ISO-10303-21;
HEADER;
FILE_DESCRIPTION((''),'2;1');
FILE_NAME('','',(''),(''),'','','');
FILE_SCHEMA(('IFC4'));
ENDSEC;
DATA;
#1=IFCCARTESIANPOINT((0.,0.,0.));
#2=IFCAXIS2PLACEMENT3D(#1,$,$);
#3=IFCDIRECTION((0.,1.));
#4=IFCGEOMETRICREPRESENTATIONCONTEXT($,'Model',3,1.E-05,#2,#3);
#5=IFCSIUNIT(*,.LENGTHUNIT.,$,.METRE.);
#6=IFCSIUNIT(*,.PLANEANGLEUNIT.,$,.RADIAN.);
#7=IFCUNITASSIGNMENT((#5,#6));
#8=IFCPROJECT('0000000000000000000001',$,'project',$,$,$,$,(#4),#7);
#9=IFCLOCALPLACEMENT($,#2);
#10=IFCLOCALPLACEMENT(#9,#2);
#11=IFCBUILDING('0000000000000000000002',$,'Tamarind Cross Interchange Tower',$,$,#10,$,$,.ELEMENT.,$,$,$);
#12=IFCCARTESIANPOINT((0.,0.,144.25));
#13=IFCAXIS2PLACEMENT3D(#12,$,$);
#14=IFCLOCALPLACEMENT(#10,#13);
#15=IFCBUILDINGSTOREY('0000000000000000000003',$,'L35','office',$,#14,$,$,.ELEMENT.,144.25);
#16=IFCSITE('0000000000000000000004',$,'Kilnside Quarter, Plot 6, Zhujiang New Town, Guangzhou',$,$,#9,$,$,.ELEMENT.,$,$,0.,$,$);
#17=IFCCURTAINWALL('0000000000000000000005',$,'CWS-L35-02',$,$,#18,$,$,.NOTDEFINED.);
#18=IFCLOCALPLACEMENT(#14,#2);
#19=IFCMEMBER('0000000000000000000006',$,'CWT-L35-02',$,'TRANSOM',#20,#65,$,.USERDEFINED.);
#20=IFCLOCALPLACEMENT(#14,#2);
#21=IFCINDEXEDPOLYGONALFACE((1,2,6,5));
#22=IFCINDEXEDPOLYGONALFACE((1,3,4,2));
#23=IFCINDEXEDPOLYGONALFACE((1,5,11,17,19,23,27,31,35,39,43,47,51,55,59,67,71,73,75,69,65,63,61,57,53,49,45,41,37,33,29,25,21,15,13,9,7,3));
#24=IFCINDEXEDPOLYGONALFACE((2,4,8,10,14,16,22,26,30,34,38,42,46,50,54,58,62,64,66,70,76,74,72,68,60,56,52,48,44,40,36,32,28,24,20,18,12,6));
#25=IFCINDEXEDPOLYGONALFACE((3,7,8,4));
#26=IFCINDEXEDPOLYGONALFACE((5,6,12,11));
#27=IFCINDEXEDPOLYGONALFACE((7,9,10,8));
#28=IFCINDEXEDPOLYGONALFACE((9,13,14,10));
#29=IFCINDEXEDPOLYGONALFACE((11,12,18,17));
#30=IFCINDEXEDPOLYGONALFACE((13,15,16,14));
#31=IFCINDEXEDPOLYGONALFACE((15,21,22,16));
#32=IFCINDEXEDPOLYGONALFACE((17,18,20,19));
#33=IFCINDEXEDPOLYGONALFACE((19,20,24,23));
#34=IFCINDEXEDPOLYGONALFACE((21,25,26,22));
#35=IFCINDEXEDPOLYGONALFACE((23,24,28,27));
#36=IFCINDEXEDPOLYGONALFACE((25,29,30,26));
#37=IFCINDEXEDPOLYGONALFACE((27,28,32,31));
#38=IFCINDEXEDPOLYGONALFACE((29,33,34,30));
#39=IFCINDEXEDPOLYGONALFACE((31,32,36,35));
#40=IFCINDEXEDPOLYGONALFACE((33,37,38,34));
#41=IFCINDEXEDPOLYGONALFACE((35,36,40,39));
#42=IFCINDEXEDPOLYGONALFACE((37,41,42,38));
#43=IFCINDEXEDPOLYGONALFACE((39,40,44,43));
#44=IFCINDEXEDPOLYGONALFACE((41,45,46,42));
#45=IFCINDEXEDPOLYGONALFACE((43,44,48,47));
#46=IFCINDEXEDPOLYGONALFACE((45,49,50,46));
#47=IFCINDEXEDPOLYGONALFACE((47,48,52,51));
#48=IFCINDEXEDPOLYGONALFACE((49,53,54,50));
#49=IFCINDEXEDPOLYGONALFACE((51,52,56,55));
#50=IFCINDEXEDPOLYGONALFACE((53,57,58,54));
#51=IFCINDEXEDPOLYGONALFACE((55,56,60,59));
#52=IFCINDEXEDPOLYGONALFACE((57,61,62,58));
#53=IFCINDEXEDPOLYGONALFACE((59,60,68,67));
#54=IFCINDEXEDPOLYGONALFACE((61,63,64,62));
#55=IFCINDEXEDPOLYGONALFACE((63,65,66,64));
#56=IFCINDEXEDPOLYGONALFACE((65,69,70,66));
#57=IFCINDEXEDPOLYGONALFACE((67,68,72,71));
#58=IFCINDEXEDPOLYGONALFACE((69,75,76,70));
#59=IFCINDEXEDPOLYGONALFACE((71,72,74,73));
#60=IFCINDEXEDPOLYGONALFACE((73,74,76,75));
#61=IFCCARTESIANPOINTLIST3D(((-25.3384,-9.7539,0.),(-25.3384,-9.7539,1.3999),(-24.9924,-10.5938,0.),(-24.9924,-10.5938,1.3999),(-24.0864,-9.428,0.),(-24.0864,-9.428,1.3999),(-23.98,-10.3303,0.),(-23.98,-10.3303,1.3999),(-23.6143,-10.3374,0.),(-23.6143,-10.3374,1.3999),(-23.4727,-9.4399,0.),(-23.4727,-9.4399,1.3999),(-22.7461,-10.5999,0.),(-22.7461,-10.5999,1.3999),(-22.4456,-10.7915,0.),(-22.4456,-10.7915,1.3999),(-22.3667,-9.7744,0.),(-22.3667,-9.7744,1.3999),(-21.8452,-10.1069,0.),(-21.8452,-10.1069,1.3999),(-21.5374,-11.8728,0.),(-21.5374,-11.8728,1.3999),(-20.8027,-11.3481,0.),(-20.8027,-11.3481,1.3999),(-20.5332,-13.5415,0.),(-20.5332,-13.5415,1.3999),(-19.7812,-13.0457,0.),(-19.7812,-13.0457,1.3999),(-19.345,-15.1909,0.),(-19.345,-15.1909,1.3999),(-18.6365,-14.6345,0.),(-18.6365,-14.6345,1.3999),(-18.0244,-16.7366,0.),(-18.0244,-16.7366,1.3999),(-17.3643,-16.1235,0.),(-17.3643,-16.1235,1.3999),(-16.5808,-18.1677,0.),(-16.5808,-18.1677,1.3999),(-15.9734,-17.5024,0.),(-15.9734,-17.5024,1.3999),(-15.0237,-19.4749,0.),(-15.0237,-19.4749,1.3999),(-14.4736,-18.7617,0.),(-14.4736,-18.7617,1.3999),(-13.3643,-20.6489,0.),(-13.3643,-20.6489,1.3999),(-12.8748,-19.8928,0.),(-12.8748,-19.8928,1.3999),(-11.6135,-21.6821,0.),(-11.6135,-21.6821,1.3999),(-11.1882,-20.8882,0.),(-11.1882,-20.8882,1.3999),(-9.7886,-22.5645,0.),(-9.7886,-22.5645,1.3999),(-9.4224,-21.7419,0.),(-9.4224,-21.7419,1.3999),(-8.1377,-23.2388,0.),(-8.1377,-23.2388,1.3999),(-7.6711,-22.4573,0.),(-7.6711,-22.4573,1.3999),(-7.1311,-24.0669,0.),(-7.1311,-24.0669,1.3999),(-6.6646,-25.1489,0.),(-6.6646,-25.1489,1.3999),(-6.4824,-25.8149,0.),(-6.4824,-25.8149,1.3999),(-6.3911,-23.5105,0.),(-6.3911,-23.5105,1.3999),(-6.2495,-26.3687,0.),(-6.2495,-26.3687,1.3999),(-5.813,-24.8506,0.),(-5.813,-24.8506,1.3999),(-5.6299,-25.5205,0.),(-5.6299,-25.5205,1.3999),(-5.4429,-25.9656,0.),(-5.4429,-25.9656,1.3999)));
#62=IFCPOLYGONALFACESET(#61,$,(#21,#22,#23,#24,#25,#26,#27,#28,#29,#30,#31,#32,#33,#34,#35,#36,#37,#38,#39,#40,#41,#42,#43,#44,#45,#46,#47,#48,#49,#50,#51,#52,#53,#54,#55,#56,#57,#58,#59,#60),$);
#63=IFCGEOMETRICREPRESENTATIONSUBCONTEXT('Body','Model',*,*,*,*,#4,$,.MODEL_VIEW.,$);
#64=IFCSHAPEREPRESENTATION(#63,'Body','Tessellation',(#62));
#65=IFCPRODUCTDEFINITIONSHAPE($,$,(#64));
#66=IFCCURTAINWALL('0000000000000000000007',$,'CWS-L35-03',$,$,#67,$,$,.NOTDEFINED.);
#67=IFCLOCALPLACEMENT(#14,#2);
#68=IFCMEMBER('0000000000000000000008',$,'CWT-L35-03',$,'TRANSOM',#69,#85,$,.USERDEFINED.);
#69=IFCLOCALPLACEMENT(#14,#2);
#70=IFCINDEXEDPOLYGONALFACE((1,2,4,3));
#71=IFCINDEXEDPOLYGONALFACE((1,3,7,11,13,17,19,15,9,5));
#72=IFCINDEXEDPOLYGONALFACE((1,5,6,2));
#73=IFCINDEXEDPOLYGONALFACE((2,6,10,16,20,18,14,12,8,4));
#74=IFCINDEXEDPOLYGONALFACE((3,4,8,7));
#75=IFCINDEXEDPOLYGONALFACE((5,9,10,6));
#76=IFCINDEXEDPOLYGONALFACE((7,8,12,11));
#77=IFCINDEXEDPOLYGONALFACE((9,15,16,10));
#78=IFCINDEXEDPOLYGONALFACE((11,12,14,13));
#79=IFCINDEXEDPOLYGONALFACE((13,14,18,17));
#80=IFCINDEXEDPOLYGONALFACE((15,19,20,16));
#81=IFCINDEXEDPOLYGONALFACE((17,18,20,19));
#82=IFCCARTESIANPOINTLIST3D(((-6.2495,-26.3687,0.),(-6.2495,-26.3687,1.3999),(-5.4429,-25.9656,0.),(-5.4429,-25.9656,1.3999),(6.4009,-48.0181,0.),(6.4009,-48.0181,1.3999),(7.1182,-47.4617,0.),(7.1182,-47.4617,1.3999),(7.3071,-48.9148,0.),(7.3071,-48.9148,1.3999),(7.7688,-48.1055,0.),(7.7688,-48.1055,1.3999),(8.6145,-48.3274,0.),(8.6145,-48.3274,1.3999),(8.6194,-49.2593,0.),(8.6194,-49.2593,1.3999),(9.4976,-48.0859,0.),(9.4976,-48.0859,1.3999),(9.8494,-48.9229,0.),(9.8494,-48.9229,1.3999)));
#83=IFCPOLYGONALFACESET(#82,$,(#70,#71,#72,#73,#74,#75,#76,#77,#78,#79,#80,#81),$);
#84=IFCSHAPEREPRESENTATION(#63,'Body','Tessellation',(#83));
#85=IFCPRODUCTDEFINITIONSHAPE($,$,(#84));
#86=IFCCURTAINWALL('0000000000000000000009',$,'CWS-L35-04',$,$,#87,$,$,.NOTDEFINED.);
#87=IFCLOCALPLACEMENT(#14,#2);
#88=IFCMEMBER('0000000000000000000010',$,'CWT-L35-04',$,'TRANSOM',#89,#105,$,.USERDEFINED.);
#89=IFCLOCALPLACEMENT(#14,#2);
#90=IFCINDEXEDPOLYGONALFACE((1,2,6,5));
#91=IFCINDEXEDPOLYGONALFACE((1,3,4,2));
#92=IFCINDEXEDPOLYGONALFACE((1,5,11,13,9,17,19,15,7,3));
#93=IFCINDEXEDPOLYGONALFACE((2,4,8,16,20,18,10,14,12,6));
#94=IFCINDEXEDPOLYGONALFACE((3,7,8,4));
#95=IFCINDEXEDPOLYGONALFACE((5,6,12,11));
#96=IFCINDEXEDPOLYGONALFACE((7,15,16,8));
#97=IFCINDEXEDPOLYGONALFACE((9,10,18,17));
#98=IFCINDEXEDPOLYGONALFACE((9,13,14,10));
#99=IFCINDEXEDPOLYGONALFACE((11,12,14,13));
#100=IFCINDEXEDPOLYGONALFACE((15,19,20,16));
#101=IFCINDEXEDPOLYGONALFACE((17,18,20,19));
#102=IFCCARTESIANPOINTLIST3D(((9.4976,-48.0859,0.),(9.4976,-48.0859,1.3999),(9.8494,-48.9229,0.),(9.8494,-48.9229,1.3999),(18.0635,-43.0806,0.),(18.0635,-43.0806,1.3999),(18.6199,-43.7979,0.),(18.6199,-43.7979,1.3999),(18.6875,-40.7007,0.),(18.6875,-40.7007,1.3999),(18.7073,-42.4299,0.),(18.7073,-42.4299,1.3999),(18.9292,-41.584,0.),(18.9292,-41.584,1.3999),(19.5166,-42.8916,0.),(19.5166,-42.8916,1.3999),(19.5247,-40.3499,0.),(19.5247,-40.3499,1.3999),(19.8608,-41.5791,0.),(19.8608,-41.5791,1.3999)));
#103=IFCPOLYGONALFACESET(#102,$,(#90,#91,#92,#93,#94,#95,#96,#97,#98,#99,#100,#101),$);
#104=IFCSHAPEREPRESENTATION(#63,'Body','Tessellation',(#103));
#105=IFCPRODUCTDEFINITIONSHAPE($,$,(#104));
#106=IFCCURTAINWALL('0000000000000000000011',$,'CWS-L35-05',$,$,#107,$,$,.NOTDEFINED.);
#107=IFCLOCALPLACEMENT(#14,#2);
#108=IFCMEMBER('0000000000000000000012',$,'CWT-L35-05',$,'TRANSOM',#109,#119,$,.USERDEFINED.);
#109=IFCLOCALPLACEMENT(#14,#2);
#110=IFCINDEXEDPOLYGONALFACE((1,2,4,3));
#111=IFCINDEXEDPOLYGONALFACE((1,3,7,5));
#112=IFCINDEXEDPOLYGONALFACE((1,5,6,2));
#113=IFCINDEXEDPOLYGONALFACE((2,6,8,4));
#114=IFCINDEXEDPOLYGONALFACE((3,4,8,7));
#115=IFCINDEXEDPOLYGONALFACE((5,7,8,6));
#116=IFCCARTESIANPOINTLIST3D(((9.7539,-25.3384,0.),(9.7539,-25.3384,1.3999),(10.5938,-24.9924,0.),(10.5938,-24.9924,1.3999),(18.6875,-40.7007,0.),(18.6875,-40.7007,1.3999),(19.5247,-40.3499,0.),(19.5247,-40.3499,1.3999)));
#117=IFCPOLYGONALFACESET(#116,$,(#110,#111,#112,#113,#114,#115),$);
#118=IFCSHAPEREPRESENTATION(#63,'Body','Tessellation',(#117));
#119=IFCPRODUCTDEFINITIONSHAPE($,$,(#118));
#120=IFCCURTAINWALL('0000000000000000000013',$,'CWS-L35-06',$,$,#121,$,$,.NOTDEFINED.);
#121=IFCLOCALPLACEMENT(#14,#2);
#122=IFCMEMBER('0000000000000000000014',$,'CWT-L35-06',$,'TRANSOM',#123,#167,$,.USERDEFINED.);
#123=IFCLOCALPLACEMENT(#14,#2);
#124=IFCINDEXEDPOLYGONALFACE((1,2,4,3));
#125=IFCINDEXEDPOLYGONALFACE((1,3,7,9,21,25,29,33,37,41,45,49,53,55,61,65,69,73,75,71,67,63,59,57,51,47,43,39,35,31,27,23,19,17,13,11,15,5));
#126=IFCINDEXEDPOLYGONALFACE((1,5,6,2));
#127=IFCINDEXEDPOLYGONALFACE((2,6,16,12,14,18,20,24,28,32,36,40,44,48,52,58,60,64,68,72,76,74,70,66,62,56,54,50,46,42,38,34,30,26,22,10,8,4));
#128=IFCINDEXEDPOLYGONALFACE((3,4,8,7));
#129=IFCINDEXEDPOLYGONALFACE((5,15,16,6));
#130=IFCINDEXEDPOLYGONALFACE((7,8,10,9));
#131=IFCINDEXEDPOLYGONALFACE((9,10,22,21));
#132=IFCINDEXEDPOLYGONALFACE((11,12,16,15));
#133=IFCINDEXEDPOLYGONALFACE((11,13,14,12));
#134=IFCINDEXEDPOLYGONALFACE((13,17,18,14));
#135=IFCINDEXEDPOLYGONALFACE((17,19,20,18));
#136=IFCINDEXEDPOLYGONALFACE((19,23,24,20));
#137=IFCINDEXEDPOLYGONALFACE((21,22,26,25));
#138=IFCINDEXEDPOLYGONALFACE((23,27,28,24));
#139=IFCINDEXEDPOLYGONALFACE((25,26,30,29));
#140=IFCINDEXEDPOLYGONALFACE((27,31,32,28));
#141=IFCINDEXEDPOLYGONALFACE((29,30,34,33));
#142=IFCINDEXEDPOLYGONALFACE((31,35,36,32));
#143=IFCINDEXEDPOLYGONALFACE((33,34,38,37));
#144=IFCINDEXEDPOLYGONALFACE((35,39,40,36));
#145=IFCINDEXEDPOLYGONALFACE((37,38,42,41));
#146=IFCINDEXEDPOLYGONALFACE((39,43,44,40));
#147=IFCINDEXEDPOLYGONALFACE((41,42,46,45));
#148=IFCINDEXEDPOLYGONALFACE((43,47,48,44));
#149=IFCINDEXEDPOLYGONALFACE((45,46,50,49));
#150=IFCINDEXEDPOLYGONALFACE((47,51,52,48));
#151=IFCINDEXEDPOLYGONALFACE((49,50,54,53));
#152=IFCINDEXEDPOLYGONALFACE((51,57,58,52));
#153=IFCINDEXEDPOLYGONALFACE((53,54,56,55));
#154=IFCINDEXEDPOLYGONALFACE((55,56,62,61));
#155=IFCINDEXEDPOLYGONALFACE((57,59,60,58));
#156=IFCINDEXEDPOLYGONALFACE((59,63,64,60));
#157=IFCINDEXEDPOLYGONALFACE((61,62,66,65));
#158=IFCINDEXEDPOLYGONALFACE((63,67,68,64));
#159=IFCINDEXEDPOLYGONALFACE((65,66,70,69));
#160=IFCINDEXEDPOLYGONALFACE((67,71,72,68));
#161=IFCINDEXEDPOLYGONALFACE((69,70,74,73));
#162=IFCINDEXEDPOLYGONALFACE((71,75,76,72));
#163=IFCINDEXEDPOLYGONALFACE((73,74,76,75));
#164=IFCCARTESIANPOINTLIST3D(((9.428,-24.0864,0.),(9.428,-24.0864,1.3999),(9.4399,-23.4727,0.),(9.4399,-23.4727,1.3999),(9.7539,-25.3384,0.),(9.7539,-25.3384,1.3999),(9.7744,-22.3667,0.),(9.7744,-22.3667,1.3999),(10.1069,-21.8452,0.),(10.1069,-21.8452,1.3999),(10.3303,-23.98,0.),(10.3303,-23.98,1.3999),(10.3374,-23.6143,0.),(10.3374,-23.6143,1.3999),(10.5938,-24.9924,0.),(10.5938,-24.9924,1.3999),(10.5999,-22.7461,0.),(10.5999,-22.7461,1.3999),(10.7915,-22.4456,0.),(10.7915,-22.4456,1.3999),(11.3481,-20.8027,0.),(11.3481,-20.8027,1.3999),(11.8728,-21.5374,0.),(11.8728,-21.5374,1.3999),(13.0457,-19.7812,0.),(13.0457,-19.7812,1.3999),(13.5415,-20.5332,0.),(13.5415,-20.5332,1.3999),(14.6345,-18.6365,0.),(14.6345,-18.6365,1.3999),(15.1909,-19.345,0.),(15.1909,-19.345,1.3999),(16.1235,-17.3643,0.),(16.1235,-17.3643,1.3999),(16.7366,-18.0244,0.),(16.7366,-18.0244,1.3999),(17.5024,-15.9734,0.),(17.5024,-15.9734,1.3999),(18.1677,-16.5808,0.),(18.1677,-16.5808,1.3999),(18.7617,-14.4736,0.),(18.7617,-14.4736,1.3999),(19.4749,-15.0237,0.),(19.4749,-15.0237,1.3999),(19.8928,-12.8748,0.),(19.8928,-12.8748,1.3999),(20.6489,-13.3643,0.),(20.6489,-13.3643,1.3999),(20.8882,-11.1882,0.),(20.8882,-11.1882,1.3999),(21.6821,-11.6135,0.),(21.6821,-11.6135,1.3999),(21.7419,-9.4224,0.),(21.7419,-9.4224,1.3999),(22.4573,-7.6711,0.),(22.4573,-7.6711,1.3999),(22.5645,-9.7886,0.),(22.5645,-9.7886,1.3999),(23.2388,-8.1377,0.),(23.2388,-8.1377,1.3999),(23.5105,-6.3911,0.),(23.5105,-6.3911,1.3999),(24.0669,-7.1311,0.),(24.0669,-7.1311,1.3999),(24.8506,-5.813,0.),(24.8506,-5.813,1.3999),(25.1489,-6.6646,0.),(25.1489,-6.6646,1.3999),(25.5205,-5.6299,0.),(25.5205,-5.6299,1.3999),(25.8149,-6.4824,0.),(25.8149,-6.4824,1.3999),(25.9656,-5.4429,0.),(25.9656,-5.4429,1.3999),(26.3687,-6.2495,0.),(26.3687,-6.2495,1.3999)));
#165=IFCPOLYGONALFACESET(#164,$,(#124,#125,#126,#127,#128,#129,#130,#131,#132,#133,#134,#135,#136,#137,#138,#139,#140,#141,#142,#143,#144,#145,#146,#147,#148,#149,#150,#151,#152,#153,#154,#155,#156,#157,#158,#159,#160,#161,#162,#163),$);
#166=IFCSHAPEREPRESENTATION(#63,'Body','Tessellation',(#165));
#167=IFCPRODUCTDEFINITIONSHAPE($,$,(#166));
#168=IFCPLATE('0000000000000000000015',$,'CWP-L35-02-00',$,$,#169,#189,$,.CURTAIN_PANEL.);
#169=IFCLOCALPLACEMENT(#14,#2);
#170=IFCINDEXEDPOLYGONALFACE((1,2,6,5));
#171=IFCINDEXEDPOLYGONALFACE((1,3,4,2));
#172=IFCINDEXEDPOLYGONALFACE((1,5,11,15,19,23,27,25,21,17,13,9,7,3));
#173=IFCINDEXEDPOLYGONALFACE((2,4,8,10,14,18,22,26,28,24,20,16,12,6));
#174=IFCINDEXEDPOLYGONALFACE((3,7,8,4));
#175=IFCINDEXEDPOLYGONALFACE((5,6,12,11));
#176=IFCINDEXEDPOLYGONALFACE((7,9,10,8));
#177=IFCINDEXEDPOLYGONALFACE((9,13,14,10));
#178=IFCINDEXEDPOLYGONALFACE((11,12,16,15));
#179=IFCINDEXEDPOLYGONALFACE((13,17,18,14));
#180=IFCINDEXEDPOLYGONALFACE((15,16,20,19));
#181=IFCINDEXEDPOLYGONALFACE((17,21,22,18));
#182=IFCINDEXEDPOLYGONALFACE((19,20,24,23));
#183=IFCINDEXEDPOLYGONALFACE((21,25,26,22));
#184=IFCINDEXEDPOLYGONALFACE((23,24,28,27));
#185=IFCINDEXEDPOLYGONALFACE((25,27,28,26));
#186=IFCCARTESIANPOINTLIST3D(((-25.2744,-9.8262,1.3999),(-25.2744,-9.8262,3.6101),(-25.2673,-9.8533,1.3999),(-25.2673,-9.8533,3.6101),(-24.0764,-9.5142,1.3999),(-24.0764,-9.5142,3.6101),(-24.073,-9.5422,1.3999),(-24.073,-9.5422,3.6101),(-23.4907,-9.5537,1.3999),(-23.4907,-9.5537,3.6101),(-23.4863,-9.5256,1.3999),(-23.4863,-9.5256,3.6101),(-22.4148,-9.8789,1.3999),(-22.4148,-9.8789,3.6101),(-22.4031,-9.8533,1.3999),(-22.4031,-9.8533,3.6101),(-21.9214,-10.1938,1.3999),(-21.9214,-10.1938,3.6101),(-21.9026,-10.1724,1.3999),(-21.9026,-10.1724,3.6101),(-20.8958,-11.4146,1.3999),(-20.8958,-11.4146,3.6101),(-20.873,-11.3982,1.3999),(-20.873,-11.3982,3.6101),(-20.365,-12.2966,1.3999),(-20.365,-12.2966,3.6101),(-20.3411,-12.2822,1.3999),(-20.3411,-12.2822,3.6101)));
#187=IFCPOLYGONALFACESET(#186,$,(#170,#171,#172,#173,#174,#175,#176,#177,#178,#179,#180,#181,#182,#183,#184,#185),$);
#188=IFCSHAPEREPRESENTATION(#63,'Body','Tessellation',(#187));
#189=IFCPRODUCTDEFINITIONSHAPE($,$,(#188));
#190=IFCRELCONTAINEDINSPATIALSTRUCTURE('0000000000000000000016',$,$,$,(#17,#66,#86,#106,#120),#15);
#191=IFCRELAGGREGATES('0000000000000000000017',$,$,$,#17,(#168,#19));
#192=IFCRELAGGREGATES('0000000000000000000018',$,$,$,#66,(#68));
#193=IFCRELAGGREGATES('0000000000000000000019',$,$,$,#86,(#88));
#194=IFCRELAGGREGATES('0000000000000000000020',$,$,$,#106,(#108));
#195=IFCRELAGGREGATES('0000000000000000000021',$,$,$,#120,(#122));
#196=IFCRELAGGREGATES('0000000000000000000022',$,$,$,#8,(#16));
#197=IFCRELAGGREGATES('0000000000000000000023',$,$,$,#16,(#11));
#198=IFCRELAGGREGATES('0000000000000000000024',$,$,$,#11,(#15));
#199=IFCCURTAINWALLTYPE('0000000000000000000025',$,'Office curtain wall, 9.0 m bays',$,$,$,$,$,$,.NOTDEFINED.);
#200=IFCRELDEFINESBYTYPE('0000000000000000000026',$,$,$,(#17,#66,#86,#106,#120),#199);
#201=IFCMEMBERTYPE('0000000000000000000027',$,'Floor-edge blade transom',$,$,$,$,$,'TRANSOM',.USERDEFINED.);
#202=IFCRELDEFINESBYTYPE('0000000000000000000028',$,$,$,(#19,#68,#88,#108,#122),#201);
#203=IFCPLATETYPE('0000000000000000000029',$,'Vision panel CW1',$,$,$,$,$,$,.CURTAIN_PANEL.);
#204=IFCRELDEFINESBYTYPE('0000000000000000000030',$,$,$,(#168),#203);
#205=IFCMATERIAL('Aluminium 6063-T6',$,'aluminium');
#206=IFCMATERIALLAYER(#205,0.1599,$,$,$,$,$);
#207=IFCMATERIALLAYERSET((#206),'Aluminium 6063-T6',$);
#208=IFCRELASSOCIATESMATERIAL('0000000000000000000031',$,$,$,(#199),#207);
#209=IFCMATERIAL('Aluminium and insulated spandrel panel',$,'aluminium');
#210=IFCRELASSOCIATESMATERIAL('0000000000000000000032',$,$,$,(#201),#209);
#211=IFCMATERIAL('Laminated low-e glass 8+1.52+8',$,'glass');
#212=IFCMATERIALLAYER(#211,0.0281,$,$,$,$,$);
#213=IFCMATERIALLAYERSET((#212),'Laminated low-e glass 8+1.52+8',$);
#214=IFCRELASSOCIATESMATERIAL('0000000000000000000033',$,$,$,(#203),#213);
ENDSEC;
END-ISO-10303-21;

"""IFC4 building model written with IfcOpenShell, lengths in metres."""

from ifc_helpers import new_model, si_unit, direction, frame, origin, place, context, subcontext, project, spatial, polyline, outline, extrude, material, layer, layer_set, type_object, element, aggregate, save


model = new_model("IFC4")

# Units and contexts
model_context = context("Model", 3, precision=1e-05, world=origin(), true_north=direction((0.0, 1.0)))
body_context = subcontext(model_context, "Body", "Model", "MODEL_VIEW")
ifc_project = project(units=[si_unit("LENGTHUNIT", "METRE"), si_unit("PLANEANGLEUNIT", "RADIAN")], contexts=[model_context])

# Site, building, storey
site_placement = place(None, origin())
site = spatial("IfcSite", under=ifc_project, at=site_placement, Name="Kilnside Quarter, Plot 6, Zhujiang New Town, Guangzhou", CompositionType="ELEMENT", RefElevation=0.0)
building_placement = place(site_placement, origin())
building = spatial("IfcBuilding", under=site, at=building_placement, Name="Tamarind Cross Interchange Tower", CompositionType="ELEMENT")
storey_placement = place(building_placement, frame((0.0, 0.0, 144.25)))
storey = spatial("IfcBuildingStorey", under=building, at=storey_placement, Name="L35", Description="office", CompositionType="ELEMENT", Elevation=144.25)

# Curtain walls, members
ifc_material_1 = material(Name="Aluminium 6063-T6", Category="aluminium")
ifc_layer_1 = layer(ifc_material_1, 0.1599)
ifc_layer_set_1 = layer_set([ifc_layer_1], Name="Aluminium 6063-T6")
curtain_wall_type = type_object("IfcCurtainWallType", Name="Office curtain wall, 9.0 m bays", PredefinedType="NOTDEFINED", material=ifc_layer_set_1)
curtain_wall_1_placement = place(storey_placement, origin())
curtain_wall_1 = element("IfcCurtainWall", 1, at=curtain_wall_1_placement, inside=storey, type_object=curtain_wall_type, Name="CWS-L35-02", PredefinedType="NOTDEFINED")
ifc_material_2 = material(Name="Aluminium and insulated spandrel panel", Category="aluminium")
member_type = type_object("IfcMemberType", Name="Floor-edge blade transom", ElementType="TRANSOM", PredefinedType="USERDEFINED", material=ifc_material_2)
member_1_placement = place(storey_placement, origin())
member_1 = element("IfcMember", 2, at=member_1_placement, type_object=member_type, Name="CWT-L35-02", ObjectType="TRANSOM", PredefinedType="USERDEFINED", context=body_context, shape_type="SweptSolid", body=[
    extrude(outline(polyline([(-25.3384, -9.7539), (-24.0864, -9.428), (-23.4727, -9.4399), (-22.3667, -9.7744), (-21.8452, -10.1069), (-20.8027, -11.3481), (-19.7812, -13.0457), (-18.6365, -14.6345), (-17.3643, -16.1235), (-15.9734, -17.5024), (-14.4736, -18.7617), (-12.8748, -19.8928), (-11.1882, -20.8882), (-9.4224, -21.7419), (-7.6711, -22.4573), (-6.3911, -23.5105), (-5.813, -24.8506), (-5.6299, -25.5205), (-5.4429, -25.9656), (-6.2495, -26.3687), (-6.4824, -25.8149), (-6.6646, -25.1489), (-7.1311, -24.0669), (-8.1377, -23.2388), (-9.7886, -22.5645), (-11.6135, -21.6821), (-13.3643, -20.6489), (-15.0237, -19.4749), (-16.5808, -18.1677), (-18.0244, -16.7366), (-19.345, -15.1909), (-20.5332, -13.5415), (-21.5374, -11.8728), (-22.4456, -10.7915), (-22.7461, -10.5999), (-23.6143, -10.3374), (-23.98, -10.3303), (-24.9924, -10.5938), (-25.3384, -9.7539)])), origin(), (0.0, 0.0, 1.0), 1.3999),
])
curtain_wall_2_placement = place(storey_placement, origin())
curtain_wall_2 = element("IfcCurtainWall", 3, at=curtain_wall_2_placement, inside=storey, type_object=curtain_wall_type, Name="CWS-L35-03", PredefinedType="NOTDEFINED")
member_2_placement = place(storey_placement, origin())
member_2 = element("IfcMember", 4, at=member_2_placement, type_object=member_type, Name="CWT-L35-03", ObjectType="TRANSOM", PredefinedType="USERDEFINED", context=body_context, shape_type="SweptSolid", body=[
    extrude(outline(polyline([(-5.4429, -25.9656), (7.1182, -47.4617), (7.7688, -48.1055), (8.6145, -48.3274), (9.4976, -48.0859), (9.8494, -48.9229), (8.6194, -49.2593), (7.3071, -48.9148), (6.4009, -48.0181), (-6.2495, -26.3687), (-5.4429, -25.9656)])), origin(), (0.0, 0.0, 1.0), 1.3999),
])
curtain_wall_3_placement = place(storey_placement, origin())
curtain_wall_3 = element("IfcCurtainWall", 5, at=curtain_wall_3_placement, inside=storey, type_object=curtain_wall_type, Name="CWS-L35-04", PredefinedType="NOTDEFINED")
member_3_placement = place(storey_placement, origin())
member_3 = element("IfcMember", 6, at=member_3_placement, type_object=member_type, Name="CWT-L35-04", ObjectType="TRANSOM", PredefinedType="USERDEFINED", context=body_context, shape_type="SweptSolid", body=[
    extrude(outline(polyline([(9.4976, -48.0859), (18.0635, -43.0806), (18.7073, -42.4299), (18.9292, -41.584), (18.6875, -40.7007), (19.5247, -40.3499), (19.8608, -41.5791), (19.5166, -42.8916), (18.6199, -43.7979), (9.8494, -48.9229), (9.4976, -48.0859)])), origin(), (0.0, 0.0, 1.0), 1.3999),
])
curtain_wall_4_placement = place(storey_placement, origin())
curtain_wall_4 = element("IfcCurtainWall", 7, at=curtain_wall_4_placement, inside=storey, type_object=curtain_wall_type, Name="CWS-L35-05", PredefinedType="NOTDEFINED")
member_4_placement = place(storey_placement, origin())
member_4 = element("IfcMember", 8, at=member_4_placement, type_object=member_type, Name="CWT-L35-05", ObjectType="TRANSOM", PredefinedType="USERDEFINED", context=body_context, shape_type="SweptSolid", body=[
    extrude(outline(polyline([(18.6875, -40.7007), (9.7539, -25.3384), (10.5938, -24.9924), (19.5247, -40.3499), (18.6875, -40.7007)])), origin(), (0.0, 0.0, 1.0), 1.3999),
])
curtain_wall_5_placement = place(storey_placement, origin())
curtain_wall_5 = element("IfcCurtainWall", 9, at=curtain_wall_5_placement, inside=storey, type_object=curtain_wall_type, Name="CWS-L35-06", PredefinedType="NOTDEFINED")
member_5_placement = place(storey_placement, origin())
member_5 = element("IfcMember", 10, at=member_5_placement, type_object=member_type, Name="CWT-L35-06", ObjectType="TRANSOM", PredefinedType="USERDEFINED", context=body_context, shape_type="SweptSolid", body=[
    extrude(outline(polyline([(9.7539, -25.3384), (9.428, -24.0864), (9.4399, -23.4727), (9.7744, -22.3667), (10.1069, -21.8452), (11.3481, -20.8027), (13.0457, -19.7812), (14.6345, -18.6365), (16.1235, -17.3643), (17.5024, -15.9734), (18.7617, -14.4736), (19.8928, -12.8748), (20.8882, -11.1882), (21.7419, -9.4224), (22.4573, -7.6711), (23.5105, -6.3911), (24.8506, -5.813), (25.5205, -5.6299), (25.9656, -5.4429), (26.3687, -6.2495), (25.8149, -6.4824), (25.1489, -6.6646), (24.0669, -7.1311), (23.2388, -8.1377), (22.5645, -9.7886), (21.6821, -11.6135), (20.6489, -13.3643), (19.4749, -15.0237), (18.1677, -16.5808), (16.7366, -18.0244), (15.1909, -19.345), (13.5415, -20.5332), (11.8728, -21.5374), (10.7915, -22.4456), (10.5999, -22.7461), (10.3374, -23.6143), (10.3303, -23.98), (10.5938, -24.9924), (9.7539, -25.3384)])), origin(), (0.0, 0.0, 1.0), 1.3999),
])

# Plate
ifc_material_3 = material(Name="Laminated low-e glass 8+1.52+8", Category="glass")
ifc_layer_2 = layer(ifc_material_3, 0.0281)
ifc_layer_set_2 = layer_set([ifc_layer_2], Name="Laminated low-e glass 8+1.52+8")
plate_type = type_object("IfcPlateType", Name="Vision panel CW1", PredefinedType="CURTAIN_PANEL", material=ifc_layer_set_2)
plate_1_placement = place(storey_placement, frame((0.0, 0.0, 1.3999)))
plate_1 = element("IfcPlate", 11, at=plate_1_placement, type_object=plate_type, Name="CWP-L35-02-00", PredefinedType="CURTAIN_PANEL", context=body_context, shape_type="SweptSolid", body=[
    extrude(outline(polyline([(-25.2744, -9.8262), (-24.0764, -9.5142), (-23.4863, -9.5256), (-22.4031, -9.8533), (-21.9026, -10.1724), (-20.873, -11.3982), (-20.3411, -12.2822), (-20.365, -12.2966), (-20.8958, -11.4146), (-21.9214, -10.1938), (-22.4148, -9.8789), (-23.4907, -9.5537), (-24.073, -9.5422), (-25.2673, -9.8533), (-25.2744, -9.8262)])), origin(), (0.0, 0.0, 1.0), 2.2102),
])
aggregate(curtain_wall_1, [plate_1, member_1])
aggregate(curtain_wall_2, [member_2])
aggregate(curtain_wall_3, [member_3])
aggregate(curtain_wall_4, [member_4])
aggregate(curtain_wall_5, [member_5])

save(model, "model.ifc")
